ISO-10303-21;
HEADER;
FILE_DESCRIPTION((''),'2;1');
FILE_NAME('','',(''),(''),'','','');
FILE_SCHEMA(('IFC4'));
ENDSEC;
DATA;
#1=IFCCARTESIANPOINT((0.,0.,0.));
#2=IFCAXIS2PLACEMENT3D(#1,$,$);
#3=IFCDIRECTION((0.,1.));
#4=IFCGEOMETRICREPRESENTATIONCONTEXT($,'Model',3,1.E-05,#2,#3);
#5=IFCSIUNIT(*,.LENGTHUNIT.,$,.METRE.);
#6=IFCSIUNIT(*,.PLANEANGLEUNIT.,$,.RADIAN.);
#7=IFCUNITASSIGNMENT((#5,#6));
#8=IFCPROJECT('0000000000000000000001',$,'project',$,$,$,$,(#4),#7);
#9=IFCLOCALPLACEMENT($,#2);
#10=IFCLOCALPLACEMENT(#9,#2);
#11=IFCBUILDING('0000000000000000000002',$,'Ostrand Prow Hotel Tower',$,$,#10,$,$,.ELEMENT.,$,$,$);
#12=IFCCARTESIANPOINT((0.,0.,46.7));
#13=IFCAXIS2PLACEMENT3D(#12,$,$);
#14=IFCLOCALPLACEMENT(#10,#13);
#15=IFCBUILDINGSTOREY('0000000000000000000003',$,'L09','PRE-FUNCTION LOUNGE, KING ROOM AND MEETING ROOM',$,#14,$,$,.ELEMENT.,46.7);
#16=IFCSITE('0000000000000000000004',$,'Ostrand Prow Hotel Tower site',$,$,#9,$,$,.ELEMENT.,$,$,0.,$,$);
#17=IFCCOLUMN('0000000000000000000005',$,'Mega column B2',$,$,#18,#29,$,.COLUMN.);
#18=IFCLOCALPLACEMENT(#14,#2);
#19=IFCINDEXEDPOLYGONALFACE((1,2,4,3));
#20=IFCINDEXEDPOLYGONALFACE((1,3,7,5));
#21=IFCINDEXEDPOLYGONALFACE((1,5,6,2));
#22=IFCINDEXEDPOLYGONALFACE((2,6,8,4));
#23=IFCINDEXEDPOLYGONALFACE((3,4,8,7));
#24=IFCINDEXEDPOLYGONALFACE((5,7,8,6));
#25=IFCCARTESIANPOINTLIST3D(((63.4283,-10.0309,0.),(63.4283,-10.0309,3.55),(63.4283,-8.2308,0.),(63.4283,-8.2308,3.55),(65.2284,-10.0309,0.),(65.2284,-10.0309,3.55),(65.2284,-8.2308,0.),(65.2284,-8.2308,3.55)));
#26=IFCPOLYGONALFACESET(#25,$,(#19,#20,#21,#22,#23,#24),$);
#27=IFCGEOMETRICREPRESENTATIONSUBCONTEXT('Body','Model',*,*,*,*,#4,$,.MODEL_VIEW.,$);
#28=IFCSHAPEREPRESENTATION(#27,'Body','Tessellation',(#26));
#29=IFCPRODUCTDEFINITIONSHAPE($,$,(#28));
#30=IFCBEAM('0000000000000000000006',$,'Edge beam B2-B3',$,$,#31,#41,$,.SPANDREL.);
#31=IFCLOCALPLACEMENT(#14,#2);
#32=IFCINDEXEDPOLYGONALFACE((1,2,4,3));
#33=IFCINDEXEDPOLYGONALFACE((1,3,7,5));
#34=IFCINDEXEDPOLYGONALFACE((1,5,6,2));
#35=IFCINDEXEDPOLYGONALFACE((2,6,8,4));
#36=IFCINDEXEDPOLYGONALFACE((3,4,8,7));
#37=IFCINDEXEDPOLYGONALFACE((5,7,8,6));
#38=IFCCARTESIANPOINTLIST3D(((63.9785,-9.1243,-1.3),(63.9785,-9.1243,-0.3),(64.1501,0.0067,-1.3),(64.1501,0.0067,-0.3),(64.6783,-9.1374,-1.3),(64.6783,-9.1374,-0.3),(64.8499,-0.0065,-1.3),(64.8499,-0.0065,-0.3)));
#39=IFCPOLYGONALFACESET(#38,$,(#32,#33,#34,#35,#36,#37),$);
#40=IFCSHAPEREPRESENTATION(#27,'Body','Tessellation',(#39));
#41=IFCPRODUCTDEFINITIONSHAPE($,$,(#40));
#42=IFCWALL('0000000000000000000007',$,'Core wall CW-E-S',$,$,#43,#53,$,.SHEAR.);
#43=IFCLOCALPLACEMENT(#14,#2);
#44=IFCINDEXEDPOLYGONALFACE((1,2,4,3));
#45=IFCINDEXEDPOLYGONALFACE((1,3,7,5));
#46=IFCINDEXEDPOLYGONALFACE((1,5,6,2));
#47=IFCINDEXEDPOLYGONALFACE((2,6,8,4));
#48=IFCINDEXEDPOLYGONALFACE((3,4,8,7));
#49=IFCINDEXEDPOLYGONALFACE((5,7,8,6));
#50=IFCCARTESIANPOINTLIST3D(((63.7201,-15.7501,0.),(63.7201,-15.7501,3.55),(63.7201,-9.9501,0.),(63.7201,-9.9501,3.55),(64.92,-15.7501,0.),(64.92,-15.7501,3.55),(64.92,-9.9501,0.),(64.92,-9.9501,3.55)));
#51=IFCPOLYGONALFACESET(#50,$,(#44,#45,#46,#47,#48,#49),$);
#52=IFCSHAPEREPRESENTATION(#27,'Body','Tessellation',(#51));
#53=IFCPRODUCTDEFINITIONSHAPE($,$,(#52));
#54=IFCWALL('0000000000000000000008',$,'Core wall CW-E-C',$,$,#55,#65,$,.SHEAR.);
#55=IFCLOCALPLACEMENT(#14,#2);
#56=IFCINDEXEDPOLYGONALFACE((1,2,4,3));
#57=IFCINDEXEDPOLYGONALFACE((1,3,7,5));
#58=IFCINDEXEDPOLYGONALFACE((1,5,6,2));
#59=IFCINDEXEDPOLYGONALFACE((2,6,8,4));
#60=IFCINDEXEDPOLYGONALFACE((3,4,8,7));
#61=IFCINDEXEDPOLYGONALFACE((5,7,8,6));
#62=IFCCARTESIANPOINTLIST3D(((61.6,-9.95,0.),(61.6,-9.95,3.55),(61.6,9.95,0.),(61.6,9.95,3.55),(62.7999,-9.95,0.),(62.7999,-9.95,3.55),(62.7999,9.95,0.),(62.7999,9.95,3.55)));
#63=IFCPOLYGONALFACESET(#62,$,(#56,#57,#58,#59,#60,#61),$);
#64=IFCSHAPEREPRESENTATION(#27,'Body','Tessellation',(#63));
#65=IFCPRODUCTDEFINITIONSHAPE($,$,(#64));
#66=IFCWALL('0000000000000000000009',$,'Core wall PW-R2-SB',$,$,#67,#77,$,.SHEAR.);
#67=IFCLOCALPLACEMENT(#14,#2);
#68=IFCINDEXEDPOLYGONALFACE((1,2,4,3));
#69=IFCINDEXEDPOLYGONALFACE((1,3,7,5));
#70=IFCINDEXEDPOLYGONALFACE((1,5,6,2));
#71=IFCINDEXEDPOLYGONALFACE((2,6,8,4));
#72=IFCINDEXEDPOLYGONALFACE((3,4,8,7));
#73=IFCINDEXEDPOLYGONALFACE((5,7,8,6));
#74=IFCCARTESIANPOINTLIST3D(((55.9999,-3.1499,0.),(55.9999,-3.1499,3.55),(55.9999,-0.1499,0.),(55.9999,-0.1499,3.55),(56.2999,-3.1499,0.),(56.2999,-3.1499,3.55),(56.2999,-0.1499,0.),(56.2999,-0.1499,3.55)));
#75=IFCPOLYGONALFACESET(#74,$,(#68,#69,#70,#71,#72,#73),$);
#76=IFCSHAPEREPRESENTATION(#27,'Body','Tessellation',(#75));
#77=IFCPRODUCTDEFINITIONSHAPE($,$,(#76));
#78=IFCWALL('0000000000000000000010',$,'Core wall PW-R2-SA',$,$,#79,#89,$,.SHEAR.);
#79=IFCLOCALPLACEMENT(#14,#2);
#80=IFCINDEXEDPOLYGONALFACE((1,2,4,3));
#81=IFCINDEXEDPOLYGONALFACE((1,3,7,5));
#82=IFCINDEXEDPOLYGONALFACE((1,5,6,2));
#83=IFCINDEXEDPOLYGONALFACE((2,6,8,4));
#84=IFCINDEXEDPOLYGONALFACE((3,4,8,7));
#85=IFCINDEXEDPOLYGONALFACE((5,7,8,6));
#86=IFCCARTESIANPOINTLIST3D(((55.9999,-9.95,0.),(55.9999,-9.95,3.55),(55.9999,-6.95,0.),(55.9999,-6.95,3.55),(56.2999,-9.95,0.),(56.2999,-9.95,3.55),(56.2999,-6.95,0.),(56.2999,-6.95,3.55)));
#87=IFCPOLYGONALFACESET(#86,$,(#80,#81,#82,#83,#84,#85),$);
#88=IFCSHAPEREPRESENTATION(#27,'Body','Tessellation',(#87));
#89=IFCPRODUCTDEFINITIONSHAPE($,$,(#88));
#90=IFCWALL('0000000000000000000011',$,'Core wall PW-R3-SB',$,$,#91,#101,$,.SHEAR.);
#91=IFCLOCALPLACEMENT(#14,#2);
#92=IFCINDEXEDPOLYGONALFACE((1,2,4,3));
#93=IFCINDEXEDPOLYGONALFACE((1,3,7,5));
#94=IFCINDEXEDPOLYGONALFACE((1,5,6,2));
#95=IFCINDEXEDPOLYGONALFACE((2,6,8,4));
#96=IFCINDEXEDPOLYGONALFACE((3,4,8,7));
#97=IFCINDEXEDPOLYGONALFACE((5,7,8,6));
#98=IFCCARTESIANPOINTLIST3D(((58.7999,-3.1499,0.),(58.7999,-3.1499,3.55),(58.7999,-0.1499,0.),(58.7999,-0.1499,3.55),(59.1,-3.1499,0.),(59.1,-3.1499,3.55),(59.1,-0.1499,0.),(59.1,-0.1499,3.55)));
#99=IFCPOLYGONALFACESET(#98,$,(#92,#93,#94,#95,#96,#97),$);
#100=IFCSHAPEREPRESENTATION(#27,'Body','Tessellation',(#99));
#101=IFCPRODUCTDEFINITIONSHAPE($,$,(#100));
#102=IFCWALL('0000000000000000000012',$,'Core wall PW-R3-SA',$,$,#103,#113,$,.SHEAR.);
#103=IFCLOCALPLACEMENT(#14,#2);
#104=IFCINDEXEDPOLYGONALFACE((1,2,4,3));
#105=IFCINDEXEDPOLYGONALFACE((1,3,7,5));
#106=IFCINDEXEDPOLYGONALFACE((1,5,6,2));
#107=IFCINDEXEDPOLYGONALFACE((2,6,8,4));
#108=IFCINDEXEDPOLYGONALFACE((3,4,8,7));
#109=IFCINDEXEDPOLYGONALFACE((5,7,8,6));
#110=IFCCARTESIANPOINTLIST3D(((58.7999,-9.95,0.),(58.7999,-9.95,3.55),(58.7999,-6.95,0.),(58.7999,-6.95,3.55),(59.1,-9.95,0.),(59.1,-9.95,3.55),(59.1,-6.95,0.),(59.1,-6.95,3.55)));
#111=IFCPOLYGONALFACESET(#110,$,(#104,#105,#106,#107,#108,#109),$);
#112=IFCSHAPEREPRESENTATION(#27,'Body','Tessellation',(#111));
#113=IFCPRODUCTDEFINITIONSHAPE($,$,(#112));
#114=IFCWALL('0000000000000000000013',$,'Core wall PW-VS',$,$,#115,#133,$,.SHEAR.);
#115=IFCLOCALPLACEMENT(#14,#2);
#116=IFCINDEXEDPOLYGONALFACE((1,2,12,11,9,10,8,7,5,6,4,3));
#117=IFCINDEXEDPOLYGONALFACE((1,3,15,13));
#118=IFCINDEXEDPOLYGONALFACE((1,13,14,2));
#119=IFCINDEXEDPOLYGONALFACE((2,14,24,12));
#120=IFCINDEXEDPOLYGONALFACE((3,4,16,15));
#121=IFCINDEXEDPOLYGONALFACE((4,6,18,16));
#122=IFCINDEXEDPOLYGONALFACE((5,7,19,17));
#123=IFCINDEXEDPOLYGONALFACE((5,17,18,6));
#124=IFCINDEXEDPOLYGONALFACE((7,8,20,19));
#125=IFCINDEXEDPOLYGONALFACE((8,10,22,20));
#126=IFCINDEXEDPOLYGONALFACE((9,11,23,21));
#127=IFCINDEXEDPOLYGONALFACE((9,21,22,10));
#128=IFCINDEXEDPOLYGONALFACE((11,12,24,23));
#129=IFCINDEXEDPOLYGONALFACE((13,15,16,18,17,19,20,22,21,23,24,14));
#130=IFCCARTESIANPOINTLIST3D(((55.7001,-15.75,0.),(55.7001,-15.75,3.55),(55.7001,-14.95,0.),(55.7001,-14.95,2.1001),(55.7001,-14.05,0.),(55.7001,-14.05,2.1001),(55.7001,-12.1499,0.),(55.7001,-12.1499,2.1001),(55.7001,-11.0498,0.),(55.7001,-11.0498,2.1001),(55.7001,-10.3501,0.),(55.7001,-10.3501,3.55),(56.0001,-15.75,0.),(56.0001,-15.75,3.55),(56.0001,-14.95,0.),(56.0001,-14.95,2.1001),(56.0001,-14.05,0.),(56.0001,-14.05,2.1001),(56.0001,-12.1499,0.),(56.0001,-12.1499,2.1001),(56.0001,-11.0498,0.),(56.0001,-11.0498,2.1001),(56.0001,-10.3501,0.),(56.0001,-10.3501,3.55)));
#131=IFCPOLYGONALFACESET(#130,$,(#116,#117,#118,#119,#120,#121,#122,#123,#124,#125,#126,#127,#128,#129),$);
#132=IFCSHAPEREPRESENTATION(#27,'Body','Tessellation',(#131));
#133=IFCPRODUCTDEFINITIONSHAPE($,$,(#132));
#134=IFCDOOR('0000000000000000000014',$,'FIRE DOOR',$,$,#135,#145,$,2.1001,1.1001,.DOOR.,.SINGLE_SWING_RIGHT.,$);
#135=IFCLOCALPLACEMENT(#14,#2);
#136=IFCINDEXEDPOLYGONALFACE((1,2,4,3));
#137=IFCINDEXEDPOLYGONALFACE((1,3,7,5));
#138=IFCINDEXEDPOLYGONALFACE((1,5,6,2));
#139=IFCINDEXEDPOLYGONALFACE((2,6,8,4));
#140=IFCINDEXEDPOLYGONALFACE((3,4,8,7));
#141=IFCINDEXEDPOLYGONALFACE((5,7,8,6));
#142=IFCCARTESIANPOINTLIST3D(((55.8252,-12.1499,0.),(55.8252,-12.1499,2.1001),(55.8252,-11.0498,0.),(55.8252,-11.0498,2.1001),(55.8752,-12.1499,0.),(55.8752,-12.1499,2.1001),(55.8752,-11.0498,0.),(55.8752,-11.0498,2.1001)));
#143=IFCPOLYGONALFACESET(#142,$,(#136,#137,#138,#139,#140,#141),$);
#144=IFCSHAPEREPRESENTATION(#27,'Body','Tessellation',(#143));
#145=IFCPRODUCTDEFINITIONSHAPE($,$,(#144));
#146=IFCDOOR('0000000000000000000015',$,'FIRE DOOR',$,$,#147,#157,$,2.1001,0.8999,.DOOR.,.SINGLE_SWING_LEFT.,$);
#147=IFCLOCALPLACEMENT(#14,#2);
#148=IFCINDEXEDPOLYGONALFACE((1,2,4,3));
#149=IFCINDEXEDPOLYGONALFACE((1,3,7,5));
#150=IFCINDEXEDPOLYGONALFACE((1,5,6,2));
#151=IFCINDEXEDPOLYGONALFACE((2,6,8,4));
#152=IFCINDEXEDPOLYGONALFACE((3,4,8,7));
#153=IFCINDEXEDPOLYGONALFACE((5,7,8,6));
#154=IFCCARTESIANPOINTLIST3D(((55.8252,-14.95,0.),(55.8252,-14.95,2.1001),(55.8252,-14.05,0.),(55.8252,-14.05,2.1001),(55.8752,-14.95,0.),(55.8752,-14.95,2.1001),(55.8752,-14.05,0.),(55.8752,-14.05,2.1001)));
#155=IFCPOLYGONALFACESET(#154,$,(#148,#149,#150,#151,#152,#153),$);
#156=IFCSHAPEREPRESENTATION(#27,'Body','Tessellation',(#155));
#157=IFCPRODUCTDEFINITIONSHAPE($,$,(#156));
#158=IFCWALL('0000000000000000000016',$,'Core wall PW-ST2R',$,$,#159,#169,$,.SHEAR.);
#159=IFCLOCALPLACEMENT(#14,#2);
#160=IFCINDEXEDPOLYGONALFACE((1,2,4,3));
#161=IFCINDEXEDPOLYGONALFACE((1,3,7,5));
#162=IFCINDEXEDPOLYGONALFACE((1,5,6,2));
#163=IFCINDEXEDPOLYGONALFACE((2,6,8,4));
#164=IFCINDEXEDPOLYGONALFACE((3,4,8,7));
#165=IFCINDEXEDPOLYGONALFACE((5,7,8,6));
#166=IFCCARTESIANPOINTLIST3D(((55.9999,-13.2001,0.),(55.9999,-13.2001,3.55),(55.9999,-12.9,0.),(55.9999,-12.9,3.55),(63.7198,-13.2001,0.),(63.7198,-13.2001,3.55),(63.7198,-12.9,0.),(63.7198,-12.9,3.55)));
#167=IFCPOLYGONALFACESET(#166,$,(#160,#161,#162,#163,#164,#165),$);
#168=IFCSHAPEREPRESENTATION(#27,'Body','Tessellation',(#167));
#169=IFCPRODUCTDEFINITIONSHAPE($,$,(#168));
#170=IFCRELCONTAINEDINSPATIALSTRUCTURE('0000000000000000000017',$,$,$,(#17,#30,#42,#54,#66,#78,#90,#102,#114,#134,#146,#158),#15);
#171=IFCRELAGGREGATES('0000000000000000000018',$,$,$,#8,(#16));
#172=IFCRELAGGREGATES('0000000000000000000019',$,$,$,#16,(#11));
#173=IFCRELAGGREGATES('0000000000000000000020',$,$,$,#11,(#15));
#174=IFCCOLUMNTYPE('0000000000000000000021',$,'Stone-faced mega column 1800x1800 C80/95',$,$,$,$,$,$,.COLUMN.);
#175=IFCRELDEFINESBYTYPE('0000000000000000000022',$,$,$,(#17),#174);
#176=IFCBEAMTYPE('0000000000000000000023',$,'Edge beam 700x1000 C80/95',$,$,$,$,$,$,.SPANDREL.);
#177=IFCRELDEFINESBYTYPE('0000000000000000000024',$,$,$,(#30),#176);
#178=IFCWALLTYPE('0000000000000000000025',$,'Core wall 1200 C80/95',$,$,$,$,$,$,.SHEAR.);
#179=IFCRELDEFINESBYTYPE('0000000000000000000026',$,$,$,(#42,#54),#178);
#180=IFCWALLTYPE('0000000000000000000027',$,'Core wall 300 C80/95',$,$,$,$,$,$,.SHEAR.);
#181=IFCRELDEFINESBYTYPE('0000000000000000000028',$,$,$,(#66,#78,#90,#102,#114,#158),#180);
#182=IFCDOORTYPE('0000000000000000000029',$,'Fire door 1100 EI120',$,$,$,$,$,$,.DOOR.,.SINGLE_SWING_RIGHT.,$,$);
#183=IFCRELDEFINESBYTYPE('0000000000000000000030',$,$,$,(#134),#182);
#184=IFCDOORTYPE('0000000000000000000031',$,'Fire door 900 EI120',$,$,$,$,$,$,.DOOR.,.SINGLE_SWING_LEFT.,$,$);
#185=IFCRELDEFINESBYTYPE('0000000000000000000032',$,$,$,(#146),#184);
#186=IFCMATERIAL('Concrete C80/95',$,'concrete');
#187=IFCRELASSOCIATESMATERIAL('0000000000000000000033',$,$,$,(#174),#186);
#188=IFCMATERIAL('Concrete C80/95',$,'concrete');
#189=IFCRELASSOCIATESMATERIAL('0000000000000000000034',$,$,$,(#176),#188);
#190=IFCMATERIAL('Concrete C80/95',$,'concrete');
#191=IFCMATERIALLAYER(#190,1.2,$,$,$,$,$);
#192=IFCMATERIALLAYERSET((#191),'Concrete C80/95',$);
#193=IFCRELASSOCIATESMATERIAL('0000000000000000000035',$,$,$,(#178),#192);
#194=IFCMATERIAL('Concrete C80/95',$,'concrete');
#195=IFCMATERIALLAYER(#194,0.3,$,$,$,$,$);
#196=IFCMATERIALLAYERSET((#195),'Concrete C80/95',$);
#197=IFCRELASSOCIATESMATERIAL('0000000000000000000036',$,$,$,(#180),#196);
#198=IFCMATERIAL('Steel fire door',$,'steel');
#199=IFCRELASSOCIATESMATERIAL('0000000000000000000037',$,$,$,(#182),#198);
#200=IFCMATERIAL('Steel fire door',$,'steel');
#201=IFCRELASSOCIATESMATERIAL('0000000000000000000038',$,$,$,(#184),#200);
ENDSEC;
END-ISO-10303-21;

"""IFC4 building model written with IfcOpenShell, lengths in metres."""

from ifc_helpers import new_model, si_unit, direction, frame, frame_2d, origin, origin_2d, place, context, subcontext, project, spatial, rectangle, extrude, material, layer, layer_set, material_profile, profile_set, type_object, element, fill, save


model = new_model("IFC4")

# Units and contexts
model_context = context("Model", 3, precision=1e-05, world=origin(), true_north=direction((0.0, 1.0)))
body_context = subcontext(model_context, "Body", "Model", "MODEL_VIEW")
ifc_project = project(units=[si_unit("LENGTHUNIT", "METRE"), si_unit("PLANEANGLEUNIT", "RADIAN")], contexts=[model_context])

# Site, building, storey
site_placement = place(None, origin())
site = spatial("IfcSite", under=ifc_project, at=site_placement, Name="Ostrand Prow Hotel Tower site", CompositionType="ELEMENT", RefElevation=0.0)
building_placement = place(site_placement, origin())
building = spatial("IfcBuilding", under=site, at=building_placement, Name="Ostrand Prow Hotel Tower", CompositionType="ELEMENT")
storey_placement = place(building_placement, frame((0.0, 0.0, 46.7)))
storey = spatial("IfcBuildingStorey", under=building, at=storey_placement, Name="L09", Description="PRE-FUNCTION LOUNGE, KING ROOM AND MEETING ROOM", CompositionType="ELEMENT", Elevation=46.7)

# Column
ifc_material_1 = material(Name="Concrete C80/95", Category="concrete")
ifc_material_profile_1 = material_profile(ifc_material_1, rectangle(XDim=1.8, YDim=1.8, at=origin_2d()), Name="RC 1800x1800")
ifc_profile_set_1 = profile_set([ifc_material_profile_1], Name="Concrete C80/95")
column_type = type_object("IfcColumnType", Name="Stone-faced mega column 1800x1800 C80/95", PredefinedType="COLUMN", material=ifc_profile_set_1)
column_placement = place(storey_placement, frame((64.3284, -9.1309, 0.0), z_axis=(0.0, 0.0, 1.0), x_axis=(1.0, 0.0, 0.0)))
element("IfcColumn", 1, at=column_placement, inside=storey, type_object=column_type, Name="Mega column B2", PredefinedType="COLUMN", context=body_context, shape_type="SweptSolid", body=[
    extrude(rectangle(XDim=1.8, YDim=1.8, at=origin_2d()), origin(), (0.0, 0.0, 1.0), 3.55),
])

# Beam
ifc_material_2 = material(Name="Concrete C80/95", Category="concrete")
ifc_material_profile_2 = material_profile(ifc_material_2, rectangle(XDim=0.7, YDim=1.0, at=origin_2d()), Name="RC 700x1000")
ifc_profile_set_2 = profile_set([ifc_material_profile_2], Name="Concrete C80/95")
beam_type = type_object("IfcBeamType", Name="Edge beam 700x1000 C80/95", PredefinedType="SPANDREL", material=ifc_profile_set_2)
beam_placement = place(storey_placement, frame((64.3284, -9.1309, -0.8), z_axis=(0.018793, 0.999823, 0.0), x_axis=(-0.999823, 0.018793, 0.0)))
element("IfcBeam", 2, at=beam_placement, inside=storey, type_object=beam_type, Name="Edge beam B2-B3", PredefinedType="SPANDREL", context=body_context, shape_type="SweptSolid", body=[
    extrude(rectangle(XDim=0.7, YDim=1.0, at=origin_2d()), origin(), (0.0, 0.0, 1.0), 9.1326),
])

# Walls
ifc_material_3 = material(Name="Concrete C80/95", Category="concrete")
ifc_layer_1 = layer(ifc_material_3, 1.2)
ifc_layer_set_1 = layer_set([ifc_layer_1], Name="Concrete C80/95")
wall_type_1 = type_object("IfcWallType", Name="Core wall 1200 C80/95", PredefinedType="SHEAR", material=ifc_layer_set_1)
wall_1_placement = place(storey_placement, frame((64.3201, -15.75, 0.0), z_axis=(0.0, 0.0, 1.0), x_axis=(0.0, 1.0, 0.0)))
element("IfcWall", 3, at=wall_1_placement, inside=storey, type_object=wall_type_1, Name="Core wall CW-E-S", PredefinedType="SHEAR", context=body_context, shape_type="SweptSolid", body=[
    extrude(rectangle(XDim=5.8, YDim=1.2, at=frame_2d((2.8999, 0.0))), origin(), (0.0, 0.0, 1.0), 3.55),
])
wall_2_placement = place(storey_placement, frame((62.2, -9.95, 0.0), z_axis=(0.0, 0.0, 1.0), x_axis=(0.0, 1.0, 0.0)))
element("IfcWall", 4, at=wall_2_placement, inside=storey, type_object=wall_type_1, Name="Core wall CW-E-C", PredefinedType="SHEAR", context=body_context, shape_type="SweptSolid", body=[
    extrude(rectangle(XDim=19.8999, YDim=1.2, at=frame_2d((9.95, 0.0))), origin(), (0.0, 0.0, 1.0), 3.55),
])
ifc_material_4 = material(Name="Concrete C80/95", Category="concrete")
ifc_layer_2 = layer(ifc_material_4, 0.3)
ifc_layer_set_2 = layer_set([ifc_layer_2], Name="Concrete C80/95")
wall_type_2 = type_object("IfcWallType", Name="Core wall 300 C80/95", PredefinedType="SHEAR", material=ifc_layer_set_2)
for number, where, z_axis, x_axis, name in (
    (5, (56.1499, -3.1499, 0.0), (0.0, 0.0, 1.0), (0.0, 1.0, 0.0), "Core wall PW-R2-SB"),
    (6, (56.1499, -9.95, 0.0), (0.0, 0.0, 1.0), (0.0, 1.0, 0.0), "Core wall PW-R2-SA"),
    (7, (58.95, -3.1499, 0.0), (0.0, 0.0, 1.0), (0.0, 1.0, 0.0), "Core wall PW-R3-SB"),
    (8, (58.95, -9.95, 0.0), (0.0, 0.0, 1.0), (0.0, 1.0, 0.0), "Core wall PW-R3-SA"),
):
    element("IfcWall", number, at=place(storey_placement, frame(where, z_axis=z_axis, x_axis=x_axis)), inside=storey, type_object=wall_type_2, Name=name, PredefinedType="SHEAR", context=body_context, shape_type="SweptSolid", body=[
        extrude(rectangle(XDim=3.0, YDim=0.3, at=frame_2d((1.5, 0.0))), origin(), (0.0, 0.0, 1.0), 3.55),
    ])

# Wall, openings, doors
wall_3_placement = place(storey_placement, frame((55.8501, -15.75, 0.0), z_axis=(0.0, 0.0, 1.0), x_axis=(0.0, 1.0, 0.0)))
wall_3 = element("IfcWall", 9, at=wall_3_placement, inside=storey, type_object=wall_type_2, Name="Core wall PW-VS", PredefinedType="SHEAR", context=body_context, shape_type="SweptSolid", body=[
    extrude(rectangle(XDim=5.3999, YDim=0.3, at=frame_2d((2.7, 0.0))), origin(), (0.0, 0.0, 1.0), 3.55),
])
opening_1_placement = place(wall_3_placement, frame((3.6001, 0.0, 0.0)))
opening_1 = element("IfcOpeningElement", 10, at=opening_1_placement, cuts=wall_3, PredefinedType="OPENING", context=body_context, shape_type="SweptSolid", body=[
    extrude(rectangle(XDim=1.1001, YDim=2.1001, at=frame_2d((0.55, 1.05))), frame((0.0, 0.1599, 0.0), z_axis=(0.0, -1.0, 0.0), x_axis=(1.0, 0.0, 0.0)), (0.0, 0.0, 1.0), 0.3201),
])
opening_2_placement = place(wall_3_placement, frame((0.8, 0.0, 0.0)))
opening_2 = element("IfcOpeningElement", 11, at=opening_2_placement, cuts=wall_3, PredefinedType="OPENING", context=body_context, shape_type="SweptSolid", body=[
    extrude(rectangle(XDim=0.8999, YDim=2.1001, at=frame_2d((0.45, 1.05))), frame((0.0, 0.1599, 0.0), z_axis=(0.0, -1.0, 0.0), x_axis=(1.0, 0.0, 0.0)), (0.0, 0.0, 1.0), 0.3201),
])
ifc_material_5 = material(Name="Steel fire door", Category="steel")
door_type_1 = type_object("IfcDoorType", Name="Fire door 1100 EI120", OperationType="SINGLE_SWING_RIGHT", PredefinedType="DOOR", material=ifc_material_5)
door_1_placement = place(opening_1_placement, origin())
door_1 = element("IfcDoor", 12, at=door_1_placement, inside=storey, type_object=door_type_1, Name="FIRE DOOR", OperationType="SINGLE_SWING_RIGHT", OverallHeight=2.1001, OverallWidth=1.1001, PredefinedType="DOOR", context=body_context, shape_type="SweptSolid", body=[
    extrude(rectangle(XDim=1.1001, YDim=2.1001, at=frame_2d((0.55, 1.05))), frame((0.0, 0.0249, 0.0), z_axis=(0.0, -1.0, 0.0), x_axis=(1.0, 0.0, 0.0)), (0.0, 0.0, 1.0), 0.05),
])
fill(opening_1, door_1)
ifc_material_6 = material(Name="Steel fire door", Category="steel")
door_type_2 = type_object("IfcDoorType", Name="Fire door 900 EI120", OperationType="SINGLE_SWING_LEFT", PredefinedType="DOOR", material=ifc_material_6)
door_2_placement = place(opening_2_placement, origin())
door_2 = element("IfcDoor", 13, at=door_2_placement, inside=storey, type_object=door_type_2, Name="FIRE DOOR", OperationType="SINGLE_SWING_LEFT", OverallHeight=2.1001, OverallWidth=0.8999, PredefinedType="DOOR", context=body_context, shape_type="SweptSolid", body=[
    extrude(rectangle(XDim=0.8999, YDim=2.1001, at=frame_2d((0.45, 1.05))), frame((0.0, 0.0249, 0.0), z_axis=(0.0, -1.0, 0.0), x_axis=(1.0, 0.0, 0.0)), (0.0, 0.0, 1.0), 0.05),
])
fill(opening_2, door_2)

# Wall
wall_4_placement = place(storey_placement, frame((56.0, -13.05, 0.0), z_axis=(0.0, 0.0, 1.0), x_axis=(1.0, 0.0, 0.0)))
element("IfcWall", 14, at=wall_4_placement, inside=storey, type_object=wall_type_2, Name="Core wall PW-ST2R", PredefinedType="SHEAR", context=body_context, shape_type="SweptSolid", body=[
    extrude(rectangle(XDim=7.72, YDim=0.3, at=frame_2d((3.8599, 0.0))), origin(), (0.0, 0.0, 1.0), 3.55),
])

save(model, "model.ifc")
